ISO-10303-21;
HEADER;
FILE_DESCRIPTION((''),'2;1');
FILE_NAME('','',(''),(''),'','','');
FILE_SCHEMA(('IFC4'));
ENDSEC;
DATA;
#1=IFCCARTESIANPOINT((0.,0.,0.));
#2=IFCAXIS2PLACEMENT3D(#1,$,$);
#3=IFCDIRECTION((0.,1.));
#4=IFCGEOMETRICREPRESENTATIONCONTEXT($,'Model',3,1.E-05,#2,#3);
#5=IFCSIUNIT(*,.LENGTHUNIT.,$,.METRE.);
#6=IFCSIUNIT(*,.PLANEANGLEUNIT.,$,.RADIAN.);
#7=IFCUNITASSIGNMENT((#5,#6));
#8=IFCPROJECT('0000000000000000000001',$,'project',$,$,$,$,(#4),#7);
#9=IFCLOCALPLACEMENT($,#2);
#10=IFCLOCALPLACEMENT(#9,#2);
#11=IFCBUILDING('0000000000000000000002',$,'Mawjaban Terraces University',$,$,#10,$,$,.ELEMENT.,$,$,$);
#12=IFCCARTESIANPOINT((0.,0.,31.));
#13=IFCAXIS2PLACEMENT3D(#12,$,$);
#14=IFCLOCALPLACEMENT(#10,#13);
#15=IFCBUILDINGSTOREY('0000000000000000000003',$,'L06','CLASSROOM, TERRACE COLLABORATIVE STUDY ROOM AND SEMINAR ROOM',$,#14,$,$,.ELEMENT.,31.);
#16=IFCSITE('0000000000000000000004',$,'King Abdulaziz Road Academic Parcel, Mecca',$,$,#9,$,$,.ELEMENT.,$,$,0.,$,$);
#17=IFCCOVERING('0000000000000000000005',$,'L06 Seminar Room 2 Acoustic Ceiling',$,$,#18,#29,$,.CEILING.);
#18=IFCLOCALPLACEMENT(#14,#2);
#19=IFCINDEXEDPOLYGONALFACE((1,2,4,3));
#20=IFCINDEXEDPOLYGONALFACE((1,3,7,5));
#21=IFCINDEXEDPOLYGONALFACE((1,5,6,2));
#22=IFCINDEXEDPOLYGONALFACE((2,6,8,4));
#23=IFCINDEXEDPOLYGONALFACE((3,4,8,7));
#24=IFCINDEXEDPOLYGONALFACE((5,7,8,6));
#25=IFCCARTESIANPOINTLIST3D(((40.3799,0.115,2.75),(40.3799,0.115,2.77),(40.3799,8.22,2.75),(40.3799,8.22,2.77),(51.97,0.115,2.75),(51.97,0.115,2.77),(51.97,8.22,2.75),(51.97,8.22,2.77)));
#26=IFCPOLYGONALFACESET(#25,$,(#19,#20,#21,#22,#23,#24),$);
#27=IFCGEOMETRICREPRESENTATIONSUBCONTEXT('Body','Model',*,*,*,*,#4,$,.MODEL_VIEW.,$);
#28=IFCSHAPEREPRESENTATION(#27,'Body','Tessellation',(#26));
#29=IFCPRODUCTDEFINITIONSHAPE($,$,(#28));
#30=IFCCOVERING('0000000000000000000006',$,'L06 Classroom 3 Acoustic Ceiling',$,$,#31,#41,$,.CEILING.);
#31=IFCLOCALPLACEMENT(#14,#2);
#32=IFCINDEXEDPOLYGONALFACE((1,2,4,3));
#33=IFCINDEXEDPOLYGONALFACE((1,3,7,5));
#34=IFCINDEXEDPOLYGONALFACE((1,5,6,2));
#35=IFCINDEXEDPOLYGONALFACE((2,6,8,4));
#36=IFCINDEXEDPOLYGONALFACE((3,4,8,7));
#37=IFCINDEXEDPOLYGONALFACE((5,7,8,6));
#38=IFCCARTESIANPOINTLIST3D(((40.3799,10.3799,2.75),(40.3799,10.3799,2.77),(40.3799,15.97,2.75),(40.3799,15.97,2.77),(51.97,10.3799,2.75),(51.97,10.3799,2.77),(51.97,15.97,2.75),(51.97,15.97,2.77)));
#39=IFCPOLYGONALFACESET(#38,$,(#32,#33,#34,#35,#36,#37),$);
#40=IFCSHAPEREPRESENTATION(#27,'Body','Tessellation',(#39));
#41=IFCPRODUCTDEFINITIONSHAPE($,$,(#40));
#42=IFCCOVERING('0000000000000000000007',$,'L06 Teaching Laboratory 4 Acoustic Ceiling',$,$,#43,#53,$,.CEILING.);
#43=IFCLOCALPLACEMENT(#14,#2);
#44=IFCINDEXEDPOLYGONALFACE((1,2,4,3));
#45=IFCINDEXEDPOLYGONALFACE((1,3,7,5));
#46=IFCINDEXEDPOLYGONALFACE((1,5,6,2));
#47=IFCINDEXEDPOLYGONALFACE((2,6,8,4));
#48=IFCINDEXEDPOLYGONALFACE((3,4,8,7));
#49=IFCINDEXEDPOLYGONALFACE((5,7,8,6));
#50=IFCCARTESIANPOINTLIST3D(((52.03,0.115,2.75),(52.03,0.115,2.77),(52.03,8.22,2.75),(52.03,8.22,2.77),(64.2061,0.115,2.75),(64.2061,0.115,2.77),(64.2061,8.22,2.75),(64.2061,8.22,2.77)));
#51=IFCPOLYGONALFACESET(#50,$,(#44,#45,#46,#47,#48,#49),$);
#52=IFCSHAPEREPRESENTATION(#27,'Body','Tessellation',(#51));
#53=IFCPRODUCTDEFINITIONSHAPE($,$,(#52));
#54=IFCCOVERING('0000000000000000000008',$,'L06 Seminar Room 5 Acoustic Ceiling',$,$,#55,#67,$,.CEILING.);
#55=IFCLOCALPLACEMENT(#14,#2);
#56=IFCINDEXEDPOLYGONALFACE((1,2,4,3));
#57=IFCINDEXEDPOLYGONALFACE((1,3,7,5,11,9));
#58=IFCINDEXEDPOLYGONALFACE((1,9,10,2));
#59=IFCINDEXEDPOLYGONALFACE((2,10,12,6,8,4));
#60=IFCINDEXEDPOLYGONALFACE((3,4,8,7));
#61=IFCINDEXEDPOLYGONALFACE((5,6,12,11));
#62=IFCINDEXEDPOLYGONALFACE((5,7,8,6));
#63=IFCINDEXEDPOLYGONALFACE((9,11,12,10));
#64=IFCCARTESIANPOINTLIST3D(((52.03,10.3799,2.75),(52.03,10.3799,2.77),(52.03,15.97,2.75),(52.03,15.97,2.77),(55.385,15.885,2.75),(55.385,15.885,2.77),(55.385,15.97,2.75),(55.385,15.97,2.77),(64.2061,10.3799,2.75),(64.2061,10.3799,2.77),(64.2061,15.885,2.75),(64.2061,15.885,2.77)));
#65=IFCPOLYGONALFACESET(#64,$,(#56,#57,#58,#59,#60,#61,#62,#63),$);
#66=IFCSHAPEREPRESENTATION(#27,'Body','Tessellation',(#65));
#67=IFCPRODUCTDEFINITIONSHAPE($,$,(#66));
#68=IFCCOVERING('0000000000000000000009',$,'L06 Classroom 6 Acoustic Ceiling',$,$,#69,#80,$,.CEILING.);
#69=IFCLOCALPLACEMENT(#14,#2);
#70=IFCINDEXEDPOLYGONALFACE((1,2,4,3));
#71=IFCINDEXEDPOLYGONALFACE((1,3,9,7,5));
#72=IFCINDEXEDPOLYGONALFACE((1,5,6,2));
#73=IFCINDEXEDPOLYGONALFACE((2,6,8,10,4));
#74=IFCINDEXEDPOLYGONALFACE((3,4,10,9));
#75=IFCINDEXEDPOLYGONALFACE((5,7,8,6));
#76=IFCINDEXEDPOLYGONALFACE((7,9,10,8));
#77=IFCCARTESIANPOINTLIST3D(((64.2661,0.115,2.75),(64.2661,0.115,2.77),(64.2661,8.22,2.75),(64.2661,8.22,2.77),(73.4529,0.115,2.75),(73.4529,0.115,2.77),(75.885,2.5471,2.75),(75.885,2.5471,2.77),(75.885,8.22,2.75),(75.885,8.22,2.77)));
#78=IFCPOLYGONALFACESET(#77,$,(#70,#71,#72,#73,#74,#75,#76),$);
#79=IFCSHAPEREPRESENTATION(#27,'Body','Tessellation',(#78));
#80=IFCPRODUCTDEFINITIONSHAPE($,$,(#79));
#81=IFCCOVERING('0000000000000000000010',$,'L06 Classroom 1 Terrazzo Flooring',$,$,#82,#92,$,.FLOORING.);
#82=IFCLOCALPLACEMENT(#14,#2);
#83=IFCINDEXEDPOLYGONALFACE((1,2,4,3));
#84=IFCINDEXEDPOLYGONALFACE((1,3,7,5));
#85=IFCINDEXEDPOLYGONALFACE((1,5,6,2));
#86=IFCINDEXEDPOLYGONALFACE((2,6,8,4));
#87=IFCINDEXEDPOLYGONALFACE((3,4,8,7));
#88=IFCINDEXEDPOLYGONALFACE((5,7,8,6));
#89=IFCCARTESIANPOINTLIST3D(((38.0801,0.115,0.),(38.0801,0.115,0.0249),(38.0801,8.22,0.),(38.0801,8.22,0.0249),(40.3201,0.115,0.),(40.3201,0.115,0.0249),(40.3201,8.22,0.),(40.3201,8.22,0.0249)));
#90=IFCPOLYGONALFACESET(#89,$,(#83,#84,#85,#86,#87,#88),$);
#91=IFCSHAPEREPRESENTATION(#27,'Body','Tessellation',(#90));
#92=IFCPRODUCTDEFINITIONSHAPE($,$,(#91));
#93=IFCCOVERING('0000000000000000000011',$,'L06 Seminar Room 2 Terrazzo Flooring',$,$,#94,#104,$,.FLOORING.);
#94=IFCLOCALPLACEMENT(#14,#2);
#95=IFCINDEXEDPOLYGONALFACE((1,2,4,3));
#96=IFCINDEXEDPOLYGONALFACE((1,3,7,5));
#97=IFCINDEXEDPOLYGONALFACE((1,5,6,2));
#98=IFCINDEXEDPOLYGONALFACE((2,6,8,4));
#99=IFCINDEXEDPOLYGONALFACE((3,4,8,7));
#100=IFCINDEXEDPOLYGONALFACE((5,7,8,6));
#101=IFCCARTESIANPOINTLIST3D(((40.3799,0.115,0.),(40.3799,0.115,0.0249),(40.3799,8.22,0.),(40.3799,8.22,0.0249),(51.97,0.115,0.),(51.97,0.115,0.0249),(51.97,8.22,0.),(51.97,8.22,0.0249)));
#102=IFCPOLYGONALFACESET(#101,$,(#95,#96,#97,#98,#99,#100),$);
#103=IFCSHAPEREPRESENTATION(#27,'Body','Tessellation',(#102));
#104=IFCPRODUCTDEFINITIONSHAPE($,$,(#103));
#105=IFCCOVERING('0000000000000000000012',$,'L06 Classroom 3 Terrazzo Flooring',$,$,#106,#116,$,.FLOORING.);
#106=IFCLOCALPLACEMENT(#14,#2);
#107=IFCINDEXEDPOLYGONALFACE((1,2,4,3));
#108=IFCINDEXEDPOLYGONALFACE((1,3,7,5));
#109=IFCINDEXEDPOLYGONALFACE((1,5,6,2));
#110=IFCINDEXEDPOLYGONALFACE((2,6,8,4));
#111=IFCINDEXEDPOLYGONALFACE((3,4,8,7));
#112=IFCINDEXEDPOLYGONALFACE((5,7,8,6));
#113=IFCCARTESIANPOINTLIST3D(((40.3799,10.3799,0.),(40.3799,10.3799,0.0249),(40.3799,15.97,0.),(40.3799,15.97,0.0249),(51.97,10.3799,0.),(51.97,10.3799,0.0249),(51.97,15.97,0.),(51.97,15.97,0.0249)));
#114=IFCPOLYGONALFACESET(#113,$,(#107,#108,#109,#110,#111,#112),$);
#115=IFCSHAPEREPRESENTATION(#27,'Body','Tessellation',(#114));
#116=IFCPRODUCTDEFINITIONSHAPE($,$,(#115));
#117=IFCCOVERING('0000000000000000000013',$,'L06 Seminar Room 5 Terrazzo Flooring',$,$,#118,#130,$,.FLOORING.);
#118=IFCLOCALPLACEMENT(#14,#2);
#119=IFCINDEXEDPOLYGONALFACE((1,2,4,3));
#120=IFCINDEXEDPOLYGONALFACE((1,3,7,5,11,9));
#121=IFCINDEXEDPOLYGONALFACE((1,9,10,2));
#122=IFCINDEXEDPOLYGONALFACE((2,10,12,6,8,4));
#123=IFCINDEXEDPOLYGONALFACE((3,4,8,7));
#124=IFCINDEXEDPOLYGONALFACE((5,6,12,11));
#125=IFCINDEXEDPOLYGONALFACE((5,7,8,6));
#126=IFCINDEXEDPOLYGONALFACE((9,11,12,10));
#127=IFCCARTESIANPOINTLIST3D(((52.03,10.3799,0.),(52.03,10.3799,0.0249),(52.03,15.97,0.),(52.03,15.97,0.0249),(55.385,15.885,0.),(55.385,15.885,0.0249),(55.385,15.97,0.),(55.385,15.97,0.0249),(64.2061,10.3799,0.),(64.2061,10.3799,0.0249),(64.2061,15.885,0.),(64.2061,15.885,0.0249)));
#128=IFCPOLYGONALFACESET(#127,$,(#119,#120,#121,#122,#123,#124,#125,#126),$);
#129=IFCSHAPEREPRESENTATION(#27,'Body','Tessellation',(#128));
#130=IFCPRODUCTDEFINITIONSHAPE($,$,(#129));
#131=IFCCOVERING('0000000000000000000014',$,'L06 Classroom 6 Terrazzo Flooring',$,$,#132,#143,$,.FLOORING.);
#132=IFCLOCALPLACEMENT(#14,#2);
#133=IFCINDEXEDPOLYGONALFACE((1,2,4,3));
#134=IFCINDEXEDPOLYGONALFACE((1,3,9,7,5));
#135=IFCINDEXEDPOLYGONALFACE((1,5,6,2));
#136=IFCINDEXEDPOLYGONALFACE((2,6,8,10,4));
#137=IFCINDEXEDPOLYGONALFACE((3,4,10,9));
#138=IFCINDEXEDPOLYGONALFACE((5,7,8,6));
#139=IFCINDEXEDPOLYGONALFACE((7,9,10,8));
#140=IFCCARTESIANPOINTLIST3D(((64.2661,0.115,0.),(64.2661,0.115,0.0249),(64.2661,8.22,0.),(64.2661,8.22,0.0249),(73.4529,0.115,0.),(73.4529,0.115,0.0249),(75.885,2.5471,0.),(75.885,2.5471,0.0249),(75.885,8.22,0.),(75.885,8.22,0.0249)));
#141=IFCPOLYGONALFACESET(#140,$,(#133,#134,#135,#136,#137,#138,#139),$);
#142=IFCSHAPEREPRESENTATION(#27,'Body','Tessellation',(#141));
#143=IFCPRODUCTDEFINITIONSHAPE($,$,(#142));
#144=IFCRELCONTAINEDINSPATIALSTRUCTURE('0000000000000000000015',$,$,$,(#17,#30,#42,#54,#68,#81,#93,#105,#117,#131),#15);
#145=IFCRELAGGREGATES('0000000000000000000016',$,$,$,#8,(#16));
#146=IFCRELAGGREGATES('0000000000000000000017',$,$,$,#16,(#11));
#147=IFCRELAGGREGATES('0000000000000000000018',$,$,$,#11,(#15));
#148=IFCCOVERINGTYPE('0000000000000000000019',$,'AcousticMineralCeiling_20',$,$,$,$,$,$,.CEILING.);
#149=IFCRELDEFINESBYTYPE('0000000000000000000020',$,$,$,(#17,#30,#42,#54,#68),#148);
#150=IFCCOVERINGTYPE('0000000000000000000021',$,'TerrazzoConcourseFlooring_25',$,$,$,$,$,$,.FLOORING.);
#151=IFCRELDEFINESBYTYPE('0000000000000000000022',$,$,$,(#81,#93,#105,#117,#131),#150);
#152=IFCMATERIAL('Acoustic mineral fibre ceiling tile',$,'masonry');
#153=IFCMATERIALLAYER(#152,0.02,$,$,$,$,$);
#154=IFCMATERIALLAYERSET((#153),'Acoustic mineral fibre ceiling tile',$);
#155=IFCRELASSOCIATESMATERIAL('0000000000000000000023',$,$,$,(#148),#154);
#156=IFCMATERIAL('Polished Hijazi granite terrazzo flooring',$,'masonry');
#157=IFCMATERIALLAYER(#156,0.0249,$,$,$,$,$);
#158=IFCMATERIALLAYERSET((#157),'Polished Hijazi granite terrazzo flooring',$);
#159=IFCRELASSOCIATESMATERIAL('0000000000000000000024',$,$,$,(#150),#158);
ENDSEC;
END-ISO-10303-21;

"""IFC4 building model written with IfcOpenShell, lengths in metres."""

from ifc_helpers import new_model, si_unit, direction, frame, origin, place, context, subcontext, project, spatial, polyline, outline, extrude, material, layer, layer_set, type_object, element, save


model = new_model("IFC4")

# Units and contexts
model_context = context("Model", 3, precision=1e-05, world=origin(), true_north=direction((0.0, 1.0)))
body_context = subcontext(model_context, "Body", "Model", "MODEL_VIEW")
ifc_project = project(units=[si_unit("LENGTHUNIT", "METRE"), si_unit("PLANEANGLEUNIT", "RADIAN")], contexts=[model_context])

# Site, building, storey
site_placement = place(None, origin())
site = spatial("IfcSite", under=ifc_project, at=site_placement, Name="King Abdulaziz Road Academic Parcel, Mecca", CompositionType="ELEMENT", RefElevation=0.0)
building_placement = place(site_placement, origin())
building = spatial("IfcBuilding", under=site, at=building_placement, Name="Mawjaban Terraces University", CompositionType="ELEMENT")
storey_placement = place(building_placement, frame((0.0, 0.0, 31.0)))
storey = spatial("IfcBuildingStorey", under=building, at=storey_placement, Name="L06", Description="CLASSROOM, TERRACE COLLABORATIVE STUDY ROOM AND SEMINAR ROOM", CompositionType="ELEMENT", Elevation=31.0)

# Coverings
ifc_material_1 = material(Name="Acoustic mineral fibre ceiling tile", Category="masonry")
ifc_layer_1 = layer(ifc_material_1, 0.02)
ifc_layer_set_1 = layer_set([ifc_layer_1], Name="Acoustic mineral fibre ceiling tile")
covering_type_1 = type_object("IfcCoveringType", Name="AcousticMineralCeiling_20", PredefinedType="CEILING", material=ifc_layer_set_1)
covering_1_placement = place(storey_placement, frame((0.0, 0.0, 2.75)))
element("IfcCovering", 1, at=covering_1_placement, inside=storey, type_object=covering_type_1, Name="L06 Seminar Room 2 Acoustic Ceiling", PredefinedType="CEILING", context=body_context, shape_type="SweptSolid", body=[
    extrude(outline(polyline([(40.3799, 0.115), (51.97, 0.115), (51.97, 8.22), (40.3799, 8.22), (40.3799, 0.115)])), origin(), (0.0, 0.0, 1.0), 0.02),
])
covering_2_placement = place(storey_placement, frame((0.0, 0.0, 2.75)))
element("IfcCovering", 2, at=covering_2_placement, inside=storey, type_object=covering_type_1, Name="L06 Classroom 3 Acoustic Ceiling", PredefinedType="CEILING", context=body_context, shape_type="SweptSolid", body=[
    extrude(outline(polyline([(51.97, 10.3799), (51.97, 15.97), (40.3799, 15.97), (40.3799, 10.3799), (51.97, 10.3799)])), origin(), (0.0, 0.0, 1.0), 0.02),
])
covering_3_placement = place(storey_placement, frame((0.0, 0.0, 2.75)))
element("IfcCovering", 3, at=covering_3_placement, inside=storey, type_object=covering_type_1, Name="L06 Teaching Laboratory 4 Acoustic Ceiling", PredefinedType="CEILING", context=body_context, shape_type="SweptSolid", body=[
    extrude(outline(polyline([(52.03, 0.115), (64.2061, 0.115), (64.2061, 8.22), (52.03, 8.22), (52.03, 0.115)])), origin(), (0.0, 0.0, 1.0), 0.02),
])
covering_4_placement = place(storey_placement, frame((0.0, 0.0, 2.75)))
element("IfcCovering", 4, at=covering_4_placement, inside=storey, type_object=covering_type_1, Name="L06 Seminar Room 5 Acoustic Ceiling", PredefinedType="CEILING", context=body_context, shape_type="SweptSolid", body=[
    extrude(outline(polyline([(64.2061, 15.885), (55.385, 15.885), (55.385, 15.97), (52.03, 15.97), (52.03, 10.3799), (64.2061, 10.3799), (64.2061, 15.885)])), origin(), (0.0, 0.0, 1.0), 0.02),
])
covering_5_placement = place(storey_placement, frame((0.0, 0.0, 2.75)))
element("IfcCovering", 5, at=covering_5_placement, inside=storey, type_object=covering_type_1, Name="L06 Classroom 6 Acoustic Ceiling", PredefinedType="CEILING", context=body_context, shape_type="SweptSolid", body=[
    extrude(outline(polyline([(64.2661, 0.115), (73.4529, 0.115), (75.885, 2.5471), (75.885, 8.22), (64.2661, 8.22), (64.2661, 0.115)])), origin(), (0.0, 0.0, 1.0), 0.02),
])
ifc_material_2 = material(Name="Polished Hijazi granite terrazzo flooring", Category="masonry")
ifc_layer_2 = layer(ifc_material_2, 0.0249)
ifc_layer_set_2 = layer_set([ifc_layer_2], Name="Polished Hijazi granite terrazzo flooring")
covering_type_2 = type_object("IfcCoveringType", Name="TerrazzoConcourseFlooring_25", PredefinedType="FLOORING", material=ifc_layer_set_2)
covering_6_placement = place(storey_placement, origin())
element("IfcCovering", 6, at=covering_6_placement, inside=storey, type_object=covering_type_2, Name="L06 Classroom 1 Terrazzo Flooring", PredefinedType="FLOORING", context=body_context, shape_type="SweptSolid", body=[
    extrude(outline(polyline([(38.0801, 0.115), (40.3201, 0.115), (40.3201, 8.22), (38.0801, 8.22), (38.0801, 0.115)])), origin(), (0.0, 0.0, 1.0), 0.0249),
])
covering_7_placement = place(storey_placement, origin())
element("IfcCovering", 7, at=covering_7_placement, inside=storey, type_object=covering_type_2, Name="L06 Seminar Room 2 Terrazzo Flooring", PredefinedType="FLOORING", context=body_context, shape_type="SweptSolid", body=[
    extrude(outline(polyline([(40.3799, 0.115), (51.97, 0.115), (51.97, 8.22), (40.3799, 8.22), (40.3799, 0.115)])), origin(), (0.0, 0.0, 1.0), 0.0249),
])
covering_8_placement = place(storey_placement, origin())
element("IfcCovering", 8, at=covering_8_placement, inside=storey, type_object=covering_type_2, Name="L06 Classroom 3 Terrazzo Flooring", PredefinedType="FLOORING", context=body_context, shape_type="SweptSolid", body=[
    extrude(outline(polyline([(51.97, 10.3799), (51.97, 15.97), (40.3799, 15.97), (40.3799, 10.3799), (51.97, 10.3799)])), origin(), (0.0, 0.0, 1.0), 0.0249),
])
covering_9_placement = place(storey_placement, origin())
element("IfcCovering", 9, at=covering_9_placement, inside=storey, type_object=covering_type_2, Name="L06 Seminar Room 5 Terrazzo Flooring", PredefinedType="FLOORING", context=body_context, shape_type="SweptSolid", body=[
    extrude(outline(polyline([(64.2061, 15.885), (55.385, 15.885), (55.385, 15.97), (52.03, 15.97), (52.03, 10.3799), (64.2061, 10.3799), (64.2061, 15.885)])), origin(), (0.0, 0.0, 1.0), 0.0249),
])
covering_10_placement = place(storey_placement, origin())
element("IfcCovering", 10, at=covering_10_placement, inside=storey, type_object=covering_type_2, Name="L06 Classroom 6 Terrazzo Flooring", PredefinedType="FLOORING", context=body_context, shape_type="SweptSolid", body=[
    extrude(outline(polyline([(64.2661, 0.115), (73.4529, 0.115), (75.885, 2.5471), (75.885, 8.22), (64.2661, 8.22), (64.2661, 0.115)])), origin(), (0.0, 0.0, 1.0), 0.0249),
])

save(model, "model.ifc")
